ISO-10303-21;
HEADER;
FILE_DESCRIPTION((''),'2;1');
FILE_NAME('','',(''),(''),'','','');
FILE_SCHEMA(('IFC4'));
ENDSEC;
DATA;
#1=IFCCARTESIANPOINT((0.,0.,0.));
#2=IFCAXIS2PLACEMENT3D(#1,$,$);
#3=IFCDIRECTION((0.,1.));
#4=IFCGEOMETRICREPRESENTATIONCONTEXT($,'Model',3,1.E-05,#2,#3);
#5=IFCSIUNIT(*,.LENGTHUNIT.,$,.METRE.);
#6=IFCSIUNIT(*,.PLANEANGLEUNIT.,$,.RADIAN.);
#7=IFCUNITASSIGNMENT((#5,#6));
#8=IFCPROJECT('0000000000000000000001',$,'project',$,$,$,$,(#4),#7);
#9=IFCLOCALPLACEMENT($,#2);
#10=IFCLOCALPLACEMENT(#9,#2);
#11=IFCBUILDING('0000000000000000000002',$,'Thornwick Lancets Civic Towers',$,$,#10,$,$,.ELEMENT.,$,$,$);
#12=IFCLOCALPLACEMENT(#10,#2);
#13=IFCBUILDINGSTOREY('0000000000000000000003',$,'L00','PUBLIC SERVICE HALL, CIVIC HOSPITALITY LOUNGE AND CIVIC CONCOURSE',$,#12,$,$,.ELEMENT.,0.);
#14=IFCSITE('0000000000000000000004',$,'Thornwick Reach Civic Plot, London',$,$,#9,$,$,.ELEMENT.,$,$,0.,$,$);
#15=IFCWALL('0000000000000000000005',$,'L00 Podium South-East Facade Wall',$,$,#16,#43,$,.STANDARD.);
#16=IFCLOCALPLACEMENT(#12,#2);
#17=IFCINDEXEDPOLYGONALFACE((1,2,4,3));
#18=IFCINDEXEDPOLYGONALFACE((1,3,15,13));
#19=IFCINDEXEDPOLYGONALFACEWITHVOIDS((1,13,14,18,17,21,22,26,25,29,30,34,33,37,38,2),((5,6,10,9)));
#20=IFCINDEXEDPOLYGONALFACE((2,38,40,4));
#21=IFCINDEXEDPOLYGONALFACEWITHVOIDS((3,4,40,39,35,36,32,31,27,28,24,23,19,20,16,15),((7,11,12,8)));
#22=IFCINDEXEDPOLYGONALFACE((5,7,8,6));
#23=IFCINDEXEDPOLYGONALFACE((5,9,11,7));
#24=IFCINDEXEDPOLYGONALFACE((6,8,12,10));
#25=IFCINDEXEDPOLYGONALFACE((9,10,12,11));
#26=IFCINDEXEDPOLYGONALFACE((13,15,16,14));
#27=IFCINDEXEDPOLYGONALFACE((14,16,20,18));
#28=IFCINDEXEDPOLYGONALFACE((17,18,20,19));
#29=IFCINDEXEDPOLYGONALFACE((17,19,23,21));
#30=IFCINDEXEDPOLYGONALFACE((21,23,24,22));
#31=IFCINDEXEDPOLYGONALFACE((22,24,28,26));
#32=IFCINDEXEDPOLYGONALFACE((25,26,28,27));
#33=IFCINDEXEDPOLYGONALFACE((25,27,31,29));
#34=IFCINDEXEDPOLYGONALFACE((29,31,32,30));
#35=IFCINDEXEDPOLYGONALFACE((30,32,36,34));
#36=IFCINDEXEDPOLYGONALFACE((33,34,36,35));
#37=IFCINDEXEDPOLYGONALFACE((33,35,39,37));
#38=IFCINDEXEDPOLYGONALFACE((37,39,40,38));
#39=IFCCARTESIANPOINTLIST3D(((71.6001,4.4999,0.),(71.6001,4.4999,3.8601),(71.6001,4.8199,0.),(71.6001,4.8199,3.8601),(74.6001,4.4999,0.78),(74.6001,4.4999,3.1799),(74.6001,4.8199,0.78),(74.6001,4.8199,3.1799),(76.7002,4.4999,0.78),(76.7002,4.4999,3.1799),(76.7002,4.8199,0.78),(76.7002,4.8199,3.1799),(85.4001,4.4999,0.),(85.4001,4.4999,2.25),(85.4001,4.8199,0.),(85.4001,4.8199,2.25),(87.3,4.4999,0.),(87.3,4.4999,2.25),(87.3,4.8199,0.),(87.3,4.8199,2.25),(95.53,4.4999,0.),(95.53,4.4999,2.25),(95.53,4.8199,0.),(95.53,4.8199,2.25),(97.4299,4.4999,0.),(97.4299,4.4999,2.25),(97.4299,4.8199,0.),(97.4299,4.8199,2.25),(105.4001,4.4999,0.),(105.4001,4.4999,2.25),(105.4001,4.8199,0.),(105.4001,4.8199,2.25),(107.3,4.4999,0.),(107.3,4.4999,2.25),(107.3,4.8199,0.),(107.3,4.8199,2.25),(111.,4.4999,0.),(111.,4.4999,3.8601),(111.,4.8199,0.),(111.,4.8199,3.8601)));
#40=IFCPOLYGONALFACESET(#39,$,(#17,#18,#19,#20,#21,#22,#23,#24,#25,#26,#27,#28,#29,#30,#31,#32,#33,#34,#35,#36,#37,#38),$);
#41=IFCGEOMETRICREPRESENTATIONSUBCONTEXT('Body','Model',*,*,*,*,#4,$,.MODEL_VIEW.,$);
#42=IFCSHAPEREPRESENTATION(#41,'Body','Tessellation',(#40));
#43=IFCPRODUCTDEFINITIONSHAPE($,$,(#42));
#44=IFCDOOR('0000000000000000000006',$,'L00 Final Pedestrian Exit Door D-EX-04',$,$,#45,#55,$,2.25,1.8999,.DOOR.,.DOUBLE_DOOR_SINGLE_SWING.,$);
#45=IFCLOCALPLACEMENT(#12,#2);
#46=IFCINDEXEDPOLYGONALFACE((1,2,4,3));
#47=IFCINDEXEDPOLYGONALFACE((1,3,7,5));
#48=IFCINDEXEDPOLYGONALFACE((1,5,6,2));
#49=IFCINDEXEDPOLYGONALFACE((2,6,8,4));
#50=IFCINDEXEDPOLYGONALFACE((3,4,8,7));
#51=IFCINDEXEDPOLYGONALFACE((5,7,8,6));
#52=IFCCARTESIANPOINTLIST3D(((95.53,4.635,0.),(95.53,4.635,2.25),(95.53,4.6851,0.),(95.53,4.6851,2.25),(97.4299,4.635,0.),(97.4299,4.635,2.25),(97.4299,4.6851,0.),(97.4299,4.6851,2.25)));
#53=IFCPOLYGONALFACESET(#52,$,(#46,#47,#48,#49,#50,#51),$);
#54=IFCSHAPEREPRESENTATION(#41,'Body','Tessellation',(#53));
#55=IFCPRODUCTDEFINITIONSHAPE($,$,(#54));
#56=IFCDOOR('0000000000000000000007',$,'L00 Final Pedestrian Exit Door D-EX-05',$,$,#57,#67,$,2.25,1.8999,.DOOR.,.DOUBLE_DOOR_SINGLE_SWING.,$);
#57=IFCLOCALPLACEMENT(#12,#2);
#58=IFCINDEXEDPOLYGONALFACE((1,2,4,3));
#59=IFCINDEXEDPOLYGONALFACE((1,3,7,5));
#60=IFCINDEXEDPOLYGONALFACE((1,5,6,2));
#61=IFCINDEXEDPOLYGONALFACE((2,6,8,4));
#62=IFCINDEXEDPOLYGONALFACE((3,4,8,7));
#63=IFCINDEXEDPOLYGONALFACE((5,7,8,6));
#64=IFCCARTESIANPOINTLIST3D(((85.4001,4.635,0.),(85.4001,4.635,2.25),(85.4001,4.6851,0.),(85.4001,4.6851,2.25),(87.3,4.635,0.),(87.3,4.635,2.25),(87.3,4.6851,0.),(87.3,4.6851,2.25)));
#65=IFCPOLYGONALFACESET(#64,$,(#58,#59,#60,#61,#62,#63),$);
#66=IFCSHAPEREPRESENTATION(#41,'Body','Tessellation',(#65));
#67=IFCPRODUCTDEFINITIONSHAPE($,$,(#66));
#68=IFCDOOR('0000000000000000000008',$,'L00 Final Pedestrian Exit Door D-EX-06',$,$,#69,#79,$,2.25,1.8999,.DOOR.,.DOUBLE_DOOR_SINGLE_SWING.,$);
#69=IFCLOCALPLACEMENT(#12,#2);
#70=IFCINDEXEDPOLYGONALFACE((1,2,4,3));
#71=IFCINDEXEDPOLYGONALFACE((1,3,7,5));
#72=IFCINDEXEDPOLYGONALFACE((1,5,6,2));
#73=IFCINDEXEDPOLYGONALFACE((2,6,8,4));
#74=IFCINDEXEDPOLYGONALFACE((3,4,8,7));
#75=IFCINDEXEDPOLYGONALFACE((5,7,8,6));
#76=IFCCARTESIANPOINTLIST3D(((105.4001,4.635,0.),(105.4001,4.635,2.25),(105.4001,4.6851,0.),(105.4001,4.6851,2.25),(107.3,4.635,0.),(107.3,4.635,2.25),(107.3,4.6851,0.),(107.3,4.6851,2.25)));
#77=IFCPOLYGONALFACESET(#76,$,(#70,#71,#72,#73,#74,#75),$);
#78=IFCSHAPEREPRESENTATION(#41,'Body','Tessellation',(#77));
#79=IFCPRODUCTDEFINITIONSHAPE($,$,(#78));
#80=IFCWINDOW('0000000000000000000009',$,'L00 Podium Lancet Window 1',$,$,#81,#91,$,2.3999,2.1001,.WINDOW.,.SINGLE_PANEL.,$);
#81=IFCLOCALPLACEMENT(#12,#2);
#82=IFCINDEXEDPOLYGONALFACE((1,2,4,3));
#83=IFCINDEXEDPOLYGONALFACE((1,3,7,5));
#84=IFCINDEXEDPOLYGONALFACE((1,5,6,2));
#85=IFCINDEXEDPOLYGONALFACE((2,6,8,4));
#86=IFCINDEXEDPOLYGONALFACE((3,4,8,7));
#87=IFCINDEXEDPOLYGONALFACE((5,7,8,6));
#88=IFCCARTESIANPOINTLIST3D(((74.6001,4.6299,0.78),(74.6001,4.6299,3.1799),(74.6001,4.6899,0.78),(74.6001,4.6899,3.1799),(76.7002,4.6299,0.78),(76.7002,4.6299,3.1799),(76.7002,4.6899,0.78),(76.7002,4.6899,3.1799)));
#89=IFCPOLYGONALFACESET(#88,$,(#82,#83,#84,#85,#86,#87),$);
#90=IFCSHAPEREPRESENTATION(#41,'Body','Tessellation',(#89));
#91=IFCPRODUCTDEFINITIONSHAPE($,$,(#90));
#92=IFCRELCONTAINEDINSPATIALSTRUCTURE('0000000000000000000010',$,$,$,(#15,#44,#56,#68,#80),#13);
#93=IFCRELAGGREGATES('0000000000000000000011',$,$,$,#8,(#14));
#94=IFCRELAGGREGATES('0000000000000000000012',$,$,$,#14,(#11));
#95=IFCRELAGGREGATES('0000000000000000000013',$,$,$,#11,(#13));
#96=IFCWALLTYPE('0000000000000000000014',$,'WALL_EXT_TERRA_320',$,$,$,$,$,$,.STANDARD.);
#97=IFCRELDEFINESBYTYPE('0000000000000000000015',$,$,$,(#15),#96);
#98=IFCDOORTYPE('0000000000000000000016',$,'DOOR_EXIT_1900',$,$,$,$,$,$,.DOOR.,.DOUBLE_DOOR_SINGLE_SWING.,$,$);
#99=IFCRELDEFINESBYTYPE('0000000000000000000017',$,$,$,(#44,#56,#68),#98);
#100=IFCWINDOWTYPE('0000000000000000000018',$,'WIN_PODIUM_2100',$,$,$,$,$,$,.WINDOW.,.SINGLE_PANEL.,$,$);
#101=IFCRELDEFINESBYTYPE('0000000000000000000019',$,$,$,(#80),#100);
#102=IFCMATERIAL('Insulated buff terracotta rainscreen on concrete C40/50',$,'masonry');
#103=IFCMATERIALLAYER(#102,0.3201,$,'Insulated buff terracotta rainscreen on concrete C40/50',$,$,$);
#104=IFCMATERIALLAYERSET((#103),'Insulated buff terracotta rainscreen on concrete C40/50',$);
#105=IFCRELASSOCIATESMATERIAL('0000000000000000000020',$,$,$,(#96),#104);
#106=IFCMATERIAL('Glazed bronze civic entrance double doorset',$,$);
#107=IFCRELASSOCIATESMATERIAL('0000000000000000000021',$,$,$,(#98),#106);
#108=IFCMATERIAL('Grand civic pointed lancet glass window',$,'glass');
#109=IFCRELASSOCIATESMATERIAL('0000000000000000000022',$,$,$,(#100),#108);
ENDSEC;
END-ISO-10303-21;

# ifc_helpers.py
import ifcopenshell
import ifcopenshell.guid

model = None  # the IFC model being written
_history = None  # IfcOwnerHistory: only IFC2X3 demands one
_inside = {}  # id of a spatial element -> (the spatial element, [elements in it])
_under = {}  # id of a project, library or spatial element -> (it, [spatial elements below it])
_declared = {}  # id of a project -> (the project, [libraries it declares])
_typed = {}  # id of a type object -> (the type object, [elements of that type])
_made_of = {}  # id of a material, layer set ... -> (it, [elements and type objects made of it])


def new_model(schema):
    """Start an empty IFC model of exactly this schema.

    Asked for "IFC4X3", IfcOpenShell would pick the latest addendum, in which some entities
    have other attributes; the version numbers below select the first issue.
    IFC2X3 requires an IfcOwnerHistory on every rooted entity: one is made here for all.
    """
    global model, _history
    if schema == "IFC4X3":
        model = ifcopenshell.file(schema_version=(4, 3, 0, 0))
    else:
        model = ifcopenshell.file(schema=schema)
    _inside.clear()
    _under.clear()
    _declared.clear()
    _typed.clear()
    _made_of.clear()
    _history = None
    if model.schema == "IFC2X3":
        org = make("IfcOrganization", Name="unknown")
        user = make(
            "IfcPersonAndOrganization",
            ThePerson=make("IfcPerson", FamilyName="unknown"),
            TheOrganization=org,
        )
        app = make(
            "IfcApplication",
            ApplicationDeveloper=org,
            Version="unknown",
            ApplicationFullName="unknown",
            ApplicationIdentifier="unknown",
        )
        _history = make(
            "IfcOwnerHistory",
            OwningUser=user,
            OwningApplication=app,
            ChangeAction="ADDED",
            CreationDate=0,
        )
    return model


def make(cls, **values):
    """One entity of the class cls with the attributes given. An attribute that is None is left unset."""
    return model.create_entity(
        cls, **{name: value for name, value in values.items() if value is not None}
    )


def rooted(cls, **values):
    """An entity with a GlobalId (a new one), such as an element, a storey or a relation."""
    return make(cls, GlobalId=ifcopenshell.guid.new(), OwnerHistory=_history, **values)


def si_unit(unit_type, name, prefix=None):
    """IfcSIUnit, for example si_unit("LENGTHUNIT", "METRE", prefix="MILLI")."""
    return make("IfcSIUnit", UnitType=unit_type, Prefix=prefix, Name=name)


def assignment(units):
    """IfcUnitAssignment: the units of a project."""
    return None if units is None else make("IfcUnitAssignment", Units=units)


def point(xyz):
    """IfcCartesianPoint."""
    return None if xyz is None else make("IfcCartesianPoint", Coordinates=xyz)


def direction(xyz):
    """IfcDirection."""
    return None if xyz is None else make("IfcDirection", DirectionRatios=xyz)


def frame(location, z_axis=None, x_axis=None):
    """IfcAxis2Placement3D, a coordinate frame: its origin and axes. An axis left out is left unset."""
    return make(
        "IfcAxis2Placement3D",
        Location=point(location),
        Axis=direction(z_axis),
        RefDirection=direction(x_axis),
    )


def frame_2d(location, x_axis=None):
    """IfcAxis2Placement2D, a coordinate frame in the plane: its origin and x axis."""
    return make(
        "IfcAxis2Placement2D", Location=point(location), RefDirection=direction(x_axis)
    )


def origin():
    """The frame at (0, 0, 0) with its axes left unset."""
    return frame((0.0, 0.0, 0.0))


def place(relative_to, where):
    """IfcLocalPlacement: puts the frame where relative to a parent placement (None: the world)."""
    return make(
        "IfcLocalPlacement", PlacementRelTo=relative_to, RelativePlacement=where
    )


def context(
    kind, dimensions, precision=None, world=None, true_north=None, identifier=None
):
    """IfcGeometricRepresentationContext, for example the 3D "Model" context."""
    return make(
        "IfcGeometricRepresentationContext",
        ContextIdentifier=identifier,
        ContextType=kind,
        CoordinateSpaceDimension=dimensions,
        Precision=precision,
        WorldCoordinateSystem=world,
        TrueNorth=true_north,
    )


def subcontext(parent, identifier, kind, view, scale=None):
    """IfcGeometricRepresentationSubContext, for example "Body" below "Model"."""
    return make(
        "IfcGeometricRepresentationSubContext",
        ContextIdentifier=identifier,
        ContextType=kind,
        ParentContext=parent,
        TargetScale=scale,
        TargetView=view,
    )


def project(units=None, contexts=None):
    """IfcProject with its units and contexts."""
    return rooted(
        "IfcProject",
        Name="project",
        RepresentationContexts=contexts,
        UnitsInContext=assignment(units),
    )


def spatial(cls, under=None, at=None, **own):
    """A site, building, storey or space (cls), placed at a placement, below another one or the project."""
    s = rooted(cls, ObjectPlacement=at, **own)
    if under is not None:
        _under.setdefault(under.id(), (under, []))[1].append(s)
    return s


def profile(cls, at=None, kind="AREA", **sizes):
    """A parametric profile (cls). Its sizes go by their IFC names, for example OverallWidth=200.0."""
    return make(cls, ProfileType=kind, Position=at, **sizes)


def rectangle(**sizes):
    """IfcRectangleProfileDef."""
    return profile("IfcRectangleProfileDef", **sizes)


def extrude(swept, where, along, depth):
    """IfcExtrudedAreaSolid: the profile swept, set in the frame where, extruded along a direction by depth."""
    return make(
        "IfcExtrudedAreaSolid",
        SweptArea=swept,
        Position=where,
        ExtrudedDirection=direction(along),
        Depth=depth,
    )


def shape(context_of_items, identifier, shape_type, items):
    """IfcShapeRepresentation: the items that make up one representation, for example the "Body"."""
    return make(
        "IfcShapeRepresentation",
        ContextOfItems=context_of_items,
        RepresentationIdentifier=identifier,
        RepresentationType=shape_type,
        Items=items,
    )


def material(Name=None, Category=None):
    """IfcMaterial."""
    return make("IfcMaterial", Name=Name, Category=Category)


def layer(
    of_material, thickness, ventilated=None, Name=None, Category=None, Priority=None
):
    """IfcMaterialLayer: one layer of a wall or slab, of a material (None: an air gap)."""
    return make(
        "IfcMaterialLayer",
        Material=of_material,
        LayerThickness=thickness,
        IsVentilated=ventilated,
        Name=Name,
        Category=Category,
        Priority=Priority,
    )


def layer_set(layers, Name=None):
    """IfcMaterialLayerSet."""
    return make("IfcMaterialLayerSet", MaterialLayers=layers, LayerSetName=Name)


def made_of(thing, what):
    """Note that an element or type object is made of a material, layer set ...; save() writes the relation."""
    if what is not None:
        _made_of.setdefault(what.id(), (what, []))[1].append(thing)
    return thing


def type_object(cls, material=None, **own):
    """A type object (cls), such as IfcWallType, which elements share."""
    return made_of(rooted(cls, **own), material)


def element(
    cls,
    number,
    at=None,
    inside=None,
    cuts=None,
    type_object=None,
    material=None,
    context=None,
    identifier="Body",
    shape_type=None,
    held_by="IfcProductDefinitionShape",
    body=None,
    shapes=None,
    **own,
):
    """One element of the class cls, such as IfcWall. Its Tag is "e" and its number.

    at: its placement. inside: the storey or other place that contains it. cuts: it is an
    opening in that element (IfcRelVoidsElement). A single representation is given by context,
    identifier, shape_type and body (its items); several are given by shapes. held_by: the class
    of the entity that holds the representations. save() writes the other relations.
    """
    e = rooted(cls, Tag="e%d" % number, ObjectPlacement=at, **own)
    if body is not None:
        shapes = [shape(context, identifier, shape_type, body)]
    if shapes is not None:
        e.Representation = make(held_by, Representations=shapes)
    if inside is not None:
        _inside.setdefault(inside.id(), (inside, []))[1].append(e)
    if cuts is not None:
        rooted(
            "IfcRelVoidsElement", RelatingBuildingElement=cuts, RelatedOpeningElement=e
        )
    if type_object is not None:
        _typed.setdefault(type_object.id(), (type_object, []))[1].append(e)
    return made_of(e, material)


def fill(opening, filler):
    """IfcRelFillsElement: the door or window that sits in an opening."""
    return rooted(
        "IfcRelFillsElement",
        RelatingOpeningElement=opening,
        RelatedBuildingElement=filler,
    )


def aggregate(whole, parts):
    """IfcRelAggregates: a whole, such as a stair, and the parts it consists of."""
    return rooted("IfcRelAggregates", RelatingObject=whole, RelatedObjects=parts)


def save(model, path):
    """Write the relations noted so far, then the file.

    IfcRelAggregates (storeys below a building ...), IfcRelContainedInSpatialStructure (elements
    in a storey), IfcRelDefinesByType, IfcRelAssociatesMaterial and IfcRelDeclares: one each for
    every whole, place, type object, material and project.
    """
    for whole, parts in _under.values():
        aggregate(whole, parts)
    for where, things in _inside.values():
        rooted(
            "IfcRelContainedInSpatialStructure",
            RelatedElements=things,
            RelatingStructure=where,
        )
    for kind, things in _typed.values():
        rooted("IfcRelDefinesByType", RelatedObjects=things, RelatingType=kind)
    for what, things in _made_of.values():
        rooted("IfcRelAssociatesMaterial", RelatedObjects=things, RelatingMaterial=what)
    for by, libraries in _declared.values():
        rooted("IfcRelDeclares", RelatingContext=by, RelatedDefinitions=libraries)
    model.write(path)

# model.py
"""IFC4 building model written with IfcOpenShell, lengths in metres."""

from ifc_helpers import new_model, si_unit, direction, frame, frame_2d, origin, place, context, subcontext, project, spatial, rectangle, extrude, material, layer, layer_set, type_object, element, fill, save


model = new_model("IFC4")

# Units and contexts
model_context = context("Model", 3, precision=1e-05, world=origin(), true_north=direction((0.0, 1.0)))
body_context = subcontext(model_context, "Body", "Model", "MODEL_VIEW")
ifc_project = project(units=[si_unit("LENGTHUNIT", "METRE"), si_unit("PLANEANGLEUNIT", "RADIAN")], contexts=[model_context])

# Site, building, storey
site_placement = place(None, origin())
site = spatial("IfcSite", under=ifc_project, at=site_placement, Name="Thornwick Reach Civic Plot, London", CompositionType="ELEMENT", RefElevation=0.0)
building_placement = place(site_placement, origin())
building = spatial("IfcBuilding", under=site, at=building_placement, Name="Thornwick Lancets Civic Towers", CompositionType="ELEMENT")
storey_placement = place(building_placement, origin())
storey = spatial("IfcBuildingStorey", under=building, at=storey_placement, Name="L00", Description="PUBLIC SERVICE HALL, CIVIC HOSPITALITY LOUNGE AND CIVIC CONCOURSE", CompositionType="ELEMENT", Elevation=0.0)

# Wall, openings, doors, window
ifc_material_1 = material(Name="Insulated buff terracotta rainscreen on concrete C40/50", Category="masonry")
ifc_layer_1 = layer(ifc_material_1, 0.3201, Name="Insulated buff terracotta rainscreen on concrete C40/50")
ifc_layer_set_1 = layer_set([ifc_layer_1], Name="Insulated buff terracotta rainscreen on concrete C40/50")
wall_type_1 = type_object("IfcWallType", Name="WALL_EXT_TERRA_320", PredefinedType="STANDARD", material=ifc_layer_set_1)
wall_1_placement = place(storey_placement, frame((71.6001, 4.6599, 0.0), z_axis=(0.0, 0.0, 1.0), x_axis=(1.0, 0.0, 0.0)))
wall_1 = element("IfcWall", 1, at=wall_1_placement, inside=storey, type_object=wall_type_1, Name="L00 Podium South-East Facade Wall", PredefinedType="STANDARD", context=body_context, shape_type="SweptSolid", body=[
    extrude(rectangle(XDim=39.3999, YDim=0.3201, at=frame_2d((19.7, 0.0))), origin(), (0.0, 0.0, 1.0), 3.8601),
])
opening_1_placement = place(wall_1_placement, frame((25.8298, 0.0, 0.0), z_axis=(0.0, 0.0, 1.0), x_axis=(-1.0, 0.0, 0.0)))
opening_1 = element("IfcOpeningElement", 2, at=opening_1_placement, cuts=wall_1, PredefinedType="OPENING", context=body_context, shape_type="SweptSolid", body=[
    extrude(rectangle(XDim=1.8999, YDim=2.25, at=frame_2d((0.95, 1.125))), frame((0.0, 0.1699, 0.0), z_axis=(0.0, -1.0, 0.0), x_axis=(1.0, 0.0, 0.0)), (0.0, 0.0, 1.0), 0.3401),
])
opening_2_placement = place(wall_1_placement, frame((15.7, 0.0, 0.0), z_axis=(0.0, 0.0, 1.0), x_axis=(-1.0, 0.0, 0.0)))
opening_2 = element("IfcOpeningElement", 3, at=opening_2_placement, cuts=wall_1, PredefinedType="OPENING", context=body_context, shape_type="SweptSolid", body=[
    extrude(rectangle(XDim=1.8999, YDim=2.25, at=frame_2d((0.95, 1.125))), frame((0.0, 0.1699, 0.0), z_axis=(0.0, -1.0, 0.0), x_axis=(1.0, 0.0, 0.0)), (0.0, 0.0, 1.0), 0.3401),
])
opening_3_placement = place(wall_1_placement, frame((35.7, 0.0, 0.0), z_axis=(0.0, 0.0, 1.0), x_axis=(-1.0, 0.0, 0.0)))
opening_3 = element("IfcOpeningElement", 4, at=opening_3_placement, cuts=wall_1, PredefinedType="OPENING", context=body_context, shape_type="SweptSolid", body=[
    extrude(rectangle(XDim=1.8999, YDim=2.25, at=frame_2d((0.95, 1.125))), frame((0.0, 0.1699, 0.0), z_axis=(0.0, -1.0, 0.0), x_axis=(1.0, 0.0, 0.0)), (0.0, 0.0, 1.0), 0.3401),
])
opening_4_placement = place(wall_1_placement, frame((3.0, 0.0, 0.78)))
opening_4 = element("IfcOpeningElement", 5, at=opening_4_placement, cuts=wall_1, PredefinedType="OPENING", context=body_context, shape_type="SweptSolid", body=[
    extrude(rectangle(XDim=2.1001, YDim=2.3999, at=frame_2d((1.05, 1.2))), frame((0.0, 0.1699, 0.0), z_axis=(0.0, -1.0, 0.0), x_axis=(1.0, 0.0, 0.0)), (0.0, 0.0, 1.0), 0.3401),
])
ifc_material_2 = material(Name="Glazed bronze civic entrance double doorset")
door_type_1 = type_object("IfcDoorType", Name="DOOR_EXIT_1900", OperationType="DOUBLE_DOOR_SINGLE_SWING", PredefinedType="DOOR", material=ifc_material_2)
door_1_placement = place(opening_1_placement, origin())
door_1 = element("IfcDoor", 6, at=door_1_placement, inside=storey, type_object=door_type_1, Name="L00 Final Pedestrian Exit Door D-EX-04", OperationType="DOUBLE_DOOR_SINGLE_SWING", OverallHeight=2.25, OverallWidth=1.8999, PredefinedType="DOOR", context=body_context, shape_type="SweptSolid", body=[
    extrude(rectangle(XDim=1.8999, YDim=2.25, at=frame_2d((0.95, 1.125))), frame((0.0, 0.0249, 0.0), z_axis=(0.0, -1.0, 0.0), x_axis=(1.0, 0.0, 0.0)), (0.0, 0.0, 1.0), 0.05),
])
fill(opening_1, door_1)
door_2_placement = place(opening_2_placement, origin())
door_2 = element("IfcDoor", 7, at=door_2_placement, inside=storey, type_object=door_type_1, Name="L00 Final Pedestrian Exit Door D-EX-05", OperationType="DOUBLE_DOOR_SINGLE_SWING", OverallHeight=2.25, OverallWidth=1.8999, PredefinedType="DOOR", context=body_context, shape_type="SweptSolid", body=[
    extrude(rectangle(XDim=1.8999, YDim=2.25, at=frame_2d((0.95, 1.125))), frame((0.0, 0.0249, 0.0), z_axis=(0.0, -1.0, 0.0), x_axis=(1.0, 0.0, 0.0)), (0.0, 0.0, 1.0), 0.05),
])
fill(opening_2, door_2)
door_3_placement = place(opening_3_placement, origin())
door_3 = element("IfcDoor", 8, at=door_3_placement, inside=storey, type_object=door_type_1, Name="L00 Final Pedestrian Exit Door D-EX-06", OperationType="DOUBLE_DOOR_SINGLE_SWING", OverallHeight=2.25, OverallWidth=1.8999, PredefinedType="DOOR", context=body_context, shape_type="SweptSolid", body=[
    extrude(rectangle(XDim=1.8999, YDim=2.25, at=frame_2d((0.95, 1.125))), frame((0.0, 0.0249, 0.0), z_axis=(0.0, -1.0, 0.0), x_axis=(1.0, 0.0, 0.0)), (0.0, 0.0, 1.0), 0.05),
])
fill(opening_3, door_3)
ifc_material_3 = material(Name="Grand civic pointed lancet glass window", Category="glass")
window_type = type_object("IfcWindowType", Name="WIN_PODIUM_2100", PartitioningType="SINGLE_PANEL", PredefinedType="WINDOW", material=ifc_material_3)
window_placement = place(opening_4_placement, origin())
window = element("IfcWindow", 9, at=window_placement, inside=storey, type_object=window_type, Name="L00 Podium Lancet Window 1", OverallHeight=2.3999, OverallWidth=2.1001, PartitioningType="SINGLE_PANEL", PredefinedType="WINDOW", context=body_context, shape_type="SweptSolid", body=[
    extrude(rectangle(XDim=2.1001, YDim=2.3999, at=frame_2d((1.05, 1.2))), frame((0.0, 0.03, 0.0), z_axis=(0.0, -1.0, 0.0), x_axis=(1.0, 0.0, 0.0)), (0.0, 0.0, 1.0), 0.0601),
])
fill(opening_4, window)

save(model, "model.ifc")
